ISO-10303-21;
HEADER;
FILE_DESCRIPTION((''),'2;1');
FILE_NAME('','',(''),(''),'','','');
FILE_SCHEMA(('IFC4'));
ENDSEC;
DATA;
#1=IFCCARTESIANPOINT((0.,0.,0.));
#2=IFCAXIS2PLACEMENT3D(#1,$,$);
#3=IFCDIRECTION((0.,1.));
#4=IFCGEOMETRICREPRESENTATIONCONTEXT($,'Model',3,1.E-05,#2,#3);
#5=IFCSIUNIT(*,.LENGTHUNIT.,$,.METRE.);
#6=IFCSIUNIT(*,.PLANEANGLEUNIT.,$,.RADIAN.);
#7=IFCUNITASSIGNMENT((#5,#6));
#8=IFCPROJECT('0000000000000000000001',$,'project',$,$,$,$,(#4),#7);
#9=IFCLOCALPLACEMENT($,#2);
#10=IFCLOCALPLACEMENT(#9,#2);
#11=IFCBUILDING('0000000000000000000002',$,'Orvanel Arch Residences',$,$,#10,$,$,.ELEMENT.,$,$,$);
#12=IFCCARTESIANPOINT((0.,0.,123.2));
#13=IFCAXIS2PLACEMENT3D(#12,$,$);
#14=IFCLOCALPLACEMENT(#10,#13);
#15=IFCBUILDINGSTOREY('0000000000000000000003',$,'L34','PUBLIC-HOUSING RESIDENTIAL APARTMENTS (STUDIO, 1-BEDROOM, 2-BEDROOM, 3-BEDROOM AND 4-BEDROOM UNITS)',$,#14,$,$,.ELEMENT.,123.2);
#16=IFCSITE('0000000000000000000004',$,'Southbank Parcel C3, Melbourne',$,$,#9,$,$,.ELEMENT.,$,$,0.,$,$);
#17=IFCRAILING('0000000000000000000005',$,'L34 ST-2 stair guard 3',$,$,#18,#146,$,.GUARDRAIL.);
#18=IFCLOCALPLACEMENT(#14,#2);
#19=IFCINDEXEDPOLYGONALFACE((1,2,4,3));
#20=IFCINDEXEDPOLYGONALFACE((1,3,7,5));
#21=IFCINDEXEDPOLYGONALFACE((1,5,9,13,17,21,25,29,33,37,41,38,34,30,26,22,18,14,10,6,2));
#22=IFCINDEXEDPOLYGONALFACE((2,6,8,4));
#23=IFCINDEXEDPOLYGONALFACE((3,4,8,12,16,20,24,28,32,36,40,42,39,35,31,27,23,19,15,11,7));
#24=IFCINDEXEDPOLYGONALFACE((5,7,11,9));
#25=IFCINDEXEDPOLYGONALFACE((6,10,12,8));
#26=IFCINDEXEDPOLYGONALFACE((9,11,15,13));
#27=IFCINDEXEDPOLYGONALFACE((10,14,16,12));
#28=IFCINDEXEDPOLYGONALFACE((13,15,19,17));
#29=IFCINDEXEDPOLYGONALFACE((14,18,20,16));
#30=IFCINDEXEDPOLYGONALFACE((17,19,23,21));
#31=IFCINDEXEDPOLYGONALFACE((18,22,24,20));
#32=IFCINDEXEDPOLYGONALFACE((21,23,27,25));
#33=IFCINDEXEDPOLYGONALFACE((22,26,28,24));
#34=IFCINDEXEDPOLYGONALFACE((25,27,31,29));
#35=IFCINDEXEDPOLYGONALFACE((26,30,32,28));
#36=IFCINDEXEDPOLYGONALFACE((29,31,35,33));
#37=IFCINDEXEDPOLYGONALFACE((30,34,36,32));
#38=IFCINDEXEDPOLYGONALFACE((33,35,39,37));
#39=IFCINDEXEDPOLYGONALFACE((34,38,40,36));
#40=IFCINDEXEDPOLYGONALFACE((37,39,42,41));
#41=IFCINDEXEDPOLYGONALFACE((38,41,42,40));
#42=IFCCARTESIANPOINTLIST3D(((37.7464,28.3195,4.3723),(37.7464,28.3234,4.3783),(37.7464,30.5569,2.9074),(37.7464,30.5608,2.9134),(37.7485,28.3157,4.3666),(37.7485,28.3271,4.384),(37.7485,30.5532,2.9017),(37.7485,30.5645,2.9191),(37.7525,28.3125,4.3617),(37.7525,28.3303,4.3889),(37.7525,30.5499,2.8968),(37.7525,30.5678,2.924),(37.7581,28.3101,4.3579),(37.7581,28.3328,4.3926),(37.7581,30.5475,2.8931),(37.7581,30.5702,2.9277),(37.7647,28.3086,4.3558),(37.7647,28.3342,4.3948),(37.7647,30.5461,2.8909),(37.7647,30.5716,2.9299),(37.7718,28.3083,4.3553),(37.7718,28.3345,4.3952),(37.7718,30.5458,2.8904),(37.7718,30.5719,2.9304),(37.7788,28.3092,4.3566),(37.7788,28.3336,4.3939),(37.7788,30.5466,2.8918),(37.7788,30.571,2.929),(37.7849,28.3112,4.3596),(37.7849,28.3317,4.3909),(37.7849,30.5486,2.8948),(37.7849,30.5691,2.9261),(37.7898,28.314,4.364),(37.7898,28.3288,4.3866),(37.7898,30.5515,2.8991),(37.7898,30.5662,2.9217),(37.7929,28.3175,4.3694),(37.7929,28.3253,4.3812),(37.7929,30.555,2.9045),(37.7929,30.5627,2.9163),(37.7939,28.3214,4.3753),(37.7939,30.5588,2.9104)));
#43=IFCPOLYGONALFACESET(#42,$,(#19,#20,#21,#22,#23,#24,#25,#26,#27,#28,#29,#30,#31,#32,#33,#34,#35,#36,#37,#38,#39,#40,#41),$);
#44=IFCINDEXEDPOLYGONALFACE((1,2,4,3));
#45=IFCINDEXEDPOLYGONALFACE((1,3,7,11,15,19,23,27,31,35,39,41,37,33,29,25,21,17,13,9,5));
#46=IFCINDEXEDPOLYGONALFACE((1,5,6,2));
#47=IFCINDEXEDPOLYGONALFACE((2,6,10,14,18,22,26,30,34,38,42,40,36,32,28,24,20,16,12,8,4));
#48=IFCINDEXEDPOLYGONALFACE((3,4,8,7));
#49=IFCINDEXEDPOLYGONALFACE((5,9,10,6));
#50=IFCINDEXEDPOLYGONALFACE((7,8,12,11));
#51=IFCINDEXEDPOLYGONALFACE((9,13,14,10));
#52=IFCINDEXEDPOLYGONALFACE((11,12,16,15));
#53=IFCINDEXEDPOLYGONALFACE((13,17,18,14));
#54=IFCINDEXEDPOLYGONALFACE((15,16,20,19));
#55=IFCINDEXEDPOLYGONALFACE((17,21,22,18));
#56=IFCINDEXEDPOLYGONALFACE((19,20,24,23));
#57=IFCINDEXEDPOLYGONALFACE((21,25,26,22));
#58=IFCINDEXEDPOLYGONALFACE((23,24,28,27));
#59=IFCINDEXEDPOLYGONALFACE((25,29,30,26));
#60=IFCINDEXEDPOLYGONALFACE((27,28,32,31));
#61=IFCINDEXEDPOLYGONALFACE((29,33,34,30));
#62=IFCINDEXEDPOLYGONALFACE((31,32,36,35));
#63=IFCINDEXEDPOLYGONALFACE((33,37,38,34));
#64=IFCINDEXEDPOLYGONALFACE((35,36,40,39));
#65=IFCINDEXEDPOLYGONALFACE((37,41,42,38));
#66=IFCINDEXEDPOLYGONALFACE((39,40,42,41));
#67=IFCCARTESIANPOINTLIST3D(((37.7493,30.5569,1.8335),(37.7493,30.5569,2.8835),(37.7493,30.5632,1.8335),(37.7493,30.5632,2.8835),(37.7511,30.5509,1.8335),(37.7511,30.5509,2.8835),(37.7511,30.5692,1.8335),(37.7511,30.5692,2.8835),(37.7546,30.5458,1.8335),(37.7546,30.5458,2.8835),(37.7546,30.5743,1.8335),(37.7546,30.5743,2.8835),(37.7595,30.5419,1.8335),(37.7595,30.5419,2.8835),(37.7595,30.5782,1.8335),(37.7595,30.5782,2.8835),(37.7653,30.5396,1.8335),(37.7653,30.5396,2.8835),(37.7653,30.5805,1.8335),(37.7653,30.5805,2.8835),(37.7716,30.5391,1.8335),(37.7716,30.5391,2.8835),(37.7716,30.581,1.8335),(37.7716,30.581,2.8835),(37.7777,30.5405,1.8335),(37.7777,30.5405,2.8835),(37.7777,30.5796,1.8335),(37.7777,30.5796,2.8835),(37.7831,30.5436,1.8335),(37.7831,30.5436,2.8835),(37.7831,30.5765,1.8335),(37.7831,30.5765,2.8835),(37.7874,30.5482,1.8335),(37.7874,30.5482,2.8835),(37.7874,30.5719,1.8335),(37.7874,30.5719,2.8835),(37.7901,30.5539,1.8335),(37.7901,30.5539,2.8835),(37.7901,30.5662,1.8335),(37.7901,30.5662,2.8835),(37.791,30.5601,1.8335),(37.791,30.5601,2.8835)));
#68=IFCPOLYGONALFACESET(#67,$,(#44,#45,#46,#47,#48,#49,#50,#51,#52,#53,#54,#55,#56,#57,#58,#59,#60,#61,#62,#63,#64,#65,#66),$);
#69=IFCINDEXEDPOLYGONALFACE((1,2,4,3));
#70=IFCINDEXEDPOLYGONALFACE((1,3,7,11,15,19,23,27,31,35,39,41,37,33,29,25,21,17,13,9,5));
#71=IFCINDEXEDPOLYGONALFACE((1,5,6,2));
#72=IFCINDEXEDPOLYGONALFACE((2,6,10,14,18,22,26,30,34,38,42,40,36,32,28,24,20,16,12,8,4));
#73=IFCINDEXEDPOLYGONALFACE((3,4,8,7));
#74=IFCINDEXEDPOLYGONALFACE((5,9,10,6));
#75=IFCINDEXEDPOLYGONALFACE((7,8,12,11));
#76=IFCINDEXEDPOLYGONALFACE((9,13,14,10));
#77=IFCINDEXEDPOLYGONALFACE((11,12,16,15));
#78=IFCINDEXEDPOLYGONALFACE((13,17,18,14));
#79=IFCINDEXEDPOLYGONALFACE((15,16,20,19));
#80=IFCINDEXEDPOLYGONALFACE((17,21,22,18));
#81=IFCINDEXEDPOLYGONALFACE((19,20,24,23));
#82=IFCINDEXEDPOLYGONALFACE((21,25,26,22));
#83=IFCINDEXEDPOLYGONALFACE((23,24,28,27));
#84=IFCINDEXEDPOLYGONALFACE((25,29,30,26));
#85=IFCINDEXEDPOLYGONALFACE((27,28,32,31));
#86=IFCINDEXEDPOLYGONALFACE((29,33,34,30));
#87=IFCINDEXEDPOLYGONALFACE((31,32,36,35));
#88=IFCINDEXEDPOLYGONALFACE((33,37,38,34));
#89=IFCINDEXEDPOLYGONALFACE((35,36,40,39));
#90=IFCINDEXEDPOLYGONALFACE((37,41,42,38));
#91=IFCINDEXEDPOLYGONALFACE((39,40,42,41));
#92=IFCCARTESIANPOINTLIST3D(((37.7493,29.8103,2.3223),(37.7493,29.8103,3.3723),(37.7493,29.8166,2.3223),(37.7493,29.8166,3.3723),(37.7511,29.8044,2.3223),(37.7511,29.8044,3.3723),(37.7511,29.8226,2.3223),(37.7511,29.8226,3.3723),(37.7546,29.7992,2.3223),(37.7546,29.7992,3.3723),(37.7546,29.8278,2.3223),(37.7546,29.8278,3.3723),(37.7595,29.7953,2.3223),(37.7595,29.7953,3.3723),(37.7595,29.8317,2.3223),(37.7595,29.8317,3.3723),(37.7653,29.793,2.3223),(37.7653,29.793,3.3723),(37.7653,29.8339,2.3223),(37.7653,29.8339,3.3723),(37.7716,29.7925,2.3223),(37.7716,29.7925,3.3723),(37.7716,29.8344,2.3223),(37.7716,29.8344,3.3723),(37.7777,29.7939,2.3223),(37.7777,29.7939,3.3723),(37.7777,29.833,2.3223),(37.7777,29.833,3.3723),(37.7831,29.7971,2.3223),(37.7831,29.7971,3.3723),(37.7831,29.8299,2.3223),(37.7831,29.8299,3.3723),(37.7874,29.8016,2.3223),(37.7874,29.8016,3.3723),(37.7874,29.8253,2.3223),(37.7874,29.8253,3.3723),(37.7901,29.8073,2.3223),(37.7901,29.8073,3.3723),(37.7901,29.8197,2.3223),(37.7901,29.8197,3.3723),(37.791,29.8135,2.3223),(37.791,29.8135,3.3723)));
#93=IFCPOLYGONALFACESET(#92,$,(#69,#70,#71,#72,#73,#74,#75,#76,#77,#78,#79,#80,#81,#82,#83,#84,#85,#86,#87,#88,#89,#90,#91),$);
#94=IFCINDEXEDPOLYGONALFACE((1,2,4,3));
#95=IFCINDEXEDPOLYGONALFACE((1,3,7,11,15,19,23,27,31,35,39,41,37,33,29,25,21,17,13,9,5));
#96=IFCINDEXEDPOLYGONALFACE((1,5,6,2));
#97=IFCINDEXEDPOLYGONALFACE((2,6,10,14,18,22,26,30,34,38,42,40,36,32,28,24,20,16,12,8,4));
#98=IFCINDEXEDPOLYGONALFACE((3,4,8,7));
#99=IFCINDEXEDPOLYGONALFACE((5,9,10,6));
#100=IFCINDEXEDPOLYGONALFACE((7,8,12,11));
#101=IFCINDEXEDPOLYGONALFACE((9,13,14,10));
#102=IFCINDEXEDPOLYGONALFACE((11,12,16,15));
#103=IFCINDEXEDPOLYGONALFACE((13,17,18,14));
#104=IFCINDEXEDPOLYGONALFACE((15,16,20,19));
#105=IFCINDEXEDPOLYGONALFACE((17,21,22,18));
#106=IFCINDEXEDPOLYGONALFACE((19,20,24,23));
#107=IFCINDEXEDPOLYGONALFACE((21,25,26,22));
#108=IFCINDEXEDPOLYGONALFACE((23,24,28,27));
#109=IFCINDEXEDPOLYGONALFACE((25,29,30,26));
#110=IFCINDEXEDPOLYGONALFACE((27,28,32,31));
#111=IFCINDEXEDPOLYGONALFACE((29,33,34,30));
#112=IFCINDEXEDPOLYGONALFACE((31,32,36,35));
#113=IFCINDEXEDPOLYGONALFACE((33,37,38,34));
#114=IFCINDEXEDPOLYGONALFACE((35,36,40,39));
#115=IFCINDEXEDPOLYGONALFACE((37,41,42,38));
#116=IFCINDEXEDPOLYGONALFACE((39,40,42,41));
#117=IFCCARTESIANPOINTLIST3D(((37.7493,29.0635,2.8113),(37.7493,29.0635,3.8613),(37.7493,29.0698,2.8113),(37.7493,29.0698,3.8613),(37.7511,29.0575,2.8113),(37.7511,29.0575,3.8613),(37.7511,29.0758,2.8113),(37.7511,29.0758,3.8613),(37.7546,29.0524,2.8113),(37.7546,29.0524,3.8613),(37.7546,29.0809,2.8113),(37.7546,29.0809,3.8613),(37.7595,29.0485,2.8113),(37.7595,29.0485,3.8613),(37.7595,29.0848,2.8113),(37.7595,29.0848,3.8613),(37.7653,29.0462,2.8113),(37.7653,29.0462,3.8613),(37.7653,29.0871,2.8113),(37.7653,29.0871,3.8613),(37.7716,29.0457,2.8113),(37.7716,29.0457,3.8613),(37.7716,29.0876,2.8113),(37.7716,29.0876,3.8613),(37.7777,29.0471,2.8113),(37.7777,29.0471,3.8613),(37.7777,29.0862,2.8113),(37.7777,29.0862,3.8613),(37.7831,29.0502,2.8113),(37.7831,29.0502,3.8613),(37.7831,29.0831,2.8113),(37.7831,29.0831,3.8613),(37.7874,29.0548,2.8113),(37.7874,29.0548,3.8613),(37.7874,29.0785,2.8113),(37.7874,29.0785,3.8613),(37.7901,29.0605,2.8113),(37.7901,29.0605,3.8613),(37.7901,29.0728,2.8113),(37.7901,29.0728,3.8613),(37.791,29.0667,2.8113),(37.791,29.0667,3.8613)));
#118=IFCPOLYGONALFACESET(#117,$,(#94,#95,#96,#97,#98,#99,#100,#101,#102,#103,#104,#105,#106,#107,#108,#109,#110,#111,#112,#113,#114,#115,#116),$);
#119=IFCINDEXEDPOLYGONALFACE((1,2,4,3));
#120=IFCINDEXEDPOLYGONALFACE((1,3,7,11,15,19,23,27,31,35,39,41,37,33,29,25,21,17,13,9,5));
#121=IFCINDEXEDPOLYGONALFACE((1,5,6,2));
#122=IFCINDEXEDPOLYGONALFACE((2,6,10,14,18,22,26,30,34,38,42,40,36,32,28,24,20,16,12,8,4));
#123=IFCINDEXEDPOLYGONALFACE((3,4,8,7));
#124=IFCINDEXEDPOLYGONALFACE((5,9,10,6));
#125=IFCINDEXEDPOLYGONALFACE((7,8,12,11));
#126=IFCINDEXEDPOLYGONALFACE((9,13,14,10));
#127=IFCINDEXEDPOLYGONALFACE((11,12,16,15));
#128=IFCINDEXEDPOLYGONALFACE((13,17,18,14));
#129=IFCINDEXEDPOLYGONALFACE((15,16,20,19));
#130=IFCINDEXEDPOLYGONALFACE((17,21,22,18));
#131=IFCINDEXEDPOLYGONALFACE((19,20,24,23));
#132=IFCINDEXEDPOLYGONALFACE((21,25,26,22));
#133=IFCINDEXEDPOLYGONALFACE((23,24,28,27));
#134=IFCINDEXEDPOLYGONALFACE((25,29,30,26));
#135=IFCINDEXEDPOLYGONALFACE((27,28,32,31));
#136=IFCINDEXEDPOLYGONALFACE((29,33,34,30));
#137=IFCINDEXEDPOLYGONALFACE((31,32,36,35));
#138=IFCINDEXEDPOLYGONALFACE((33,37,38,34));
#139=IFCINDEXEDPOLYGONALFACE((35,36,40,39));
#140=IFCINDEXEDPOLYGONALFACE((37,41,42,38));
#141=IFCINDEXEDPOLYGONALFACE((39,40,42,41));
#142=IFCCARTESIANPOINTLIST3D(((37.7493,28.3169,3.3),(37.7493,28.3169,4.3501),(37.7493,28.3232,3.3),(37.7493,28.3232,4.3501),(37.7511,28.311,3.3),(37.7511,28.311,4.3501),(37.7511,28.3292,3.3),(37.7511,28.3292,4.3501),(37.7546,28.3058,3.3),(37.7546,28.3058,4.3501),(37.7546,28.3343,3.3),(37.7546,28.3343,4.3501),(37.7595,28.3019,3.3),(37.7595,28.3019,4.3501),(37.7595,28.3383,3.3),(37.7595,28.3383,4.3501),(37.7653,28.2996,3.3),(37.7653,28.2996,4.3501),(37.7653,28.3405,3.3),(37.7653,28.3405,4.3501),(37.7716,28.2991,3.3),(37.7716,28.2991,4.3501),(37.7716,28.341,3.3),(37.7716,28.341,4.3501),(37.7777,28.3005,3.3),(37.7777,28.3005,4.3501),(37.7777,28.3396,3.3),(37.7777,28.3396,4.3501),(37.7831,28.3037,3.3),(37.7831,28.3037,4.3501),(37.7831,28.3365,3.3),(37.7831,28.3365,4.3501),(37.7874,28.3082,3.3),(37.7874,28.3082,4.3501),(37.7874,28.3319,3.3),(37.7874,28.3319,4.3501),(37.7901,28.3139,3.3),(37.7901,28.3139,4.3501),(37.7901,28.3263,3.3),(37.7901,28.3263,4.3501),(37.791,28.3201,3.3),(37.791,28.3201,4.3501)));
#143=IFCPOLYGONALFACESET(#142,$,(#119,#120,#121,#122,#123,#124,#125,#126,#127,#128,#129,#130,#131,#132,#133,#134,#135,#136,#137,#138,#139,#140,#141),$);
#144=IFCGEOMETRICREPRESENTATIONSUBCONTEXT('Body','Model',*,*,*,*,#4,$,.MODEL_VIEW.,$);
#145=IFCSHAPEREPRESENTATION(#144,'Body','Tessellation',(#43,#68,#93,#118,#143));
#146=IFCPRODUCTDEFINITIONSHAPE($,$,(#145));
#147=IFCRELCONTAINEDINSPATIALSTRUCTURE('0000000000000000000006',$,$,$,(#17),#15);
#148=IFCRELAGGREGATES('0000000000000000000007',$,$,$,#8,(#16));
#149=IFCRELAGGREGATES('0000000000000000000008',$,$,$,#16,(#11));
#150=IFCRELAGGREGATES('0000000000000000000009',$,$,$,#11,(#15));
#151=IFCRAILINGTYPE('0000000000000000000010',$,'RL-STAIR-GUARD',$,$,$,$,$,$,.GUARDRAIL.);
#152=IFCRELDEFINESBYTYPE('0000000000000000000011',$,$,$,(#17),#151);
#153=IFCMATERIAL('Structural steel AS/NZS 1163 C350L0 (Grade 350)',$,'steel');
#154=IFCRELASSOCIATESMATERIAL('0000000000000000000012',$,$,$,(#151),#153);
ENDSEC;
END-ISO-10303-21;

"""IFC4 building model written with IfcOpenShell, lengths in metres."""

from ifc_helpers import new_model, si_unit, direction, frame, origin, origin_2d, place, context, subcontext, project, spatial, circle, extrude, material, type_object, element, save


model = new_model("IFC4")

# Units and contexts
model_context = context("Model", 3, precision=1e-05, world=origin(), true_north=direction((0.0, 1.0)))
body_context = subcontext(model_context, "Body", "Model", "MODEL_VIEW")
ifc_project = project(units=[si_unit("LENGTHUNIT", "METRE"), si_unit("PLANEANGLEUNIT", "RADIAN")], contexts=[model_context])

# Site, building, storey
site_placement = place(None, origin())
site = spatial("IfcSite", under=ifc_project, at=site_placement, Name="Southbank Parcel C3, Melbourne", CompositionType="ELEMENT", RefElevation=0.0)
building_placement = place(site_placement, origin())
building = spatial("IfcBuilding", under=site, at=building_placement, Name="Orvanel Arch Residences", CompositionType="ELEMENT")
storey_placement = place(building_placement, frame((0.0, 0.0, 123.2)))
storey = spatial("IfcBuildingStorey", under=building, at=storey_placement, Name="L34", Description="PUBLIC-HOUSING RESIDENTIAL APARTMENTS (STUDIO, 1-BEDROOM, 2-BEDROOM, 3-BEDROOM AND 4-BEDROOM UNITS)", CompositionType="ELEMENT", Elevation=123.2)

# Railing
ifc_material_1 = material(Name="Structural steel AS/NZS 1163 C350L0 (Grade 350)", Category="steel")
railing_type_1 = type_object("IfcRailingType", Name="RL-STAIR-GUARD", PredefinedType="GUARDRAIL", material=ifc_material_1)
railing_1_placement = place(storey_placement, frame((37.77, 30.5601, 1.8335)))
element("IfcRailing", 1, at=railing_1_placement, inside=storey, type_object=railing_type_1, Name="L34 ST-2 stair guard 3", PredefinedType="GUARDRAIL", context=body_context, shape_type="SweptSolid", body=[
    extrude(circle(Radius=0.0239, at=origin_2d()), frame((0.0, -0.0012, 1.0769), z_axis=(0.0, -0.836637, 0.547758), x_axis=(1.0, 0.0, 0.0)), (0.0, 0.0, 1.0), 2.6743),
    extrude(circle(Radius=0.021, at=origin_2d()), origin(), (0.0, 0.0, 1.0), 1.05),
    extrude(circle(Radius=0.021, at=origin_2d()), frame((0.0, -0.7466, 0.4888)), (0.0, 0.0, 1.0), 1.05),
    extrude(circle(Radius=0.021, at=origin_2d()), frame((0.0, -1.4934, 0.9778)), (0.0, 0.0, 1.0), 1.05),
    extrude(circle(Radius=0.021, at=origin_2d()), frame((0.0, -2.24, 1.4666)), (0.0, 0.0, 1.0), 1.05),
])

save(model, "model.ifc")
